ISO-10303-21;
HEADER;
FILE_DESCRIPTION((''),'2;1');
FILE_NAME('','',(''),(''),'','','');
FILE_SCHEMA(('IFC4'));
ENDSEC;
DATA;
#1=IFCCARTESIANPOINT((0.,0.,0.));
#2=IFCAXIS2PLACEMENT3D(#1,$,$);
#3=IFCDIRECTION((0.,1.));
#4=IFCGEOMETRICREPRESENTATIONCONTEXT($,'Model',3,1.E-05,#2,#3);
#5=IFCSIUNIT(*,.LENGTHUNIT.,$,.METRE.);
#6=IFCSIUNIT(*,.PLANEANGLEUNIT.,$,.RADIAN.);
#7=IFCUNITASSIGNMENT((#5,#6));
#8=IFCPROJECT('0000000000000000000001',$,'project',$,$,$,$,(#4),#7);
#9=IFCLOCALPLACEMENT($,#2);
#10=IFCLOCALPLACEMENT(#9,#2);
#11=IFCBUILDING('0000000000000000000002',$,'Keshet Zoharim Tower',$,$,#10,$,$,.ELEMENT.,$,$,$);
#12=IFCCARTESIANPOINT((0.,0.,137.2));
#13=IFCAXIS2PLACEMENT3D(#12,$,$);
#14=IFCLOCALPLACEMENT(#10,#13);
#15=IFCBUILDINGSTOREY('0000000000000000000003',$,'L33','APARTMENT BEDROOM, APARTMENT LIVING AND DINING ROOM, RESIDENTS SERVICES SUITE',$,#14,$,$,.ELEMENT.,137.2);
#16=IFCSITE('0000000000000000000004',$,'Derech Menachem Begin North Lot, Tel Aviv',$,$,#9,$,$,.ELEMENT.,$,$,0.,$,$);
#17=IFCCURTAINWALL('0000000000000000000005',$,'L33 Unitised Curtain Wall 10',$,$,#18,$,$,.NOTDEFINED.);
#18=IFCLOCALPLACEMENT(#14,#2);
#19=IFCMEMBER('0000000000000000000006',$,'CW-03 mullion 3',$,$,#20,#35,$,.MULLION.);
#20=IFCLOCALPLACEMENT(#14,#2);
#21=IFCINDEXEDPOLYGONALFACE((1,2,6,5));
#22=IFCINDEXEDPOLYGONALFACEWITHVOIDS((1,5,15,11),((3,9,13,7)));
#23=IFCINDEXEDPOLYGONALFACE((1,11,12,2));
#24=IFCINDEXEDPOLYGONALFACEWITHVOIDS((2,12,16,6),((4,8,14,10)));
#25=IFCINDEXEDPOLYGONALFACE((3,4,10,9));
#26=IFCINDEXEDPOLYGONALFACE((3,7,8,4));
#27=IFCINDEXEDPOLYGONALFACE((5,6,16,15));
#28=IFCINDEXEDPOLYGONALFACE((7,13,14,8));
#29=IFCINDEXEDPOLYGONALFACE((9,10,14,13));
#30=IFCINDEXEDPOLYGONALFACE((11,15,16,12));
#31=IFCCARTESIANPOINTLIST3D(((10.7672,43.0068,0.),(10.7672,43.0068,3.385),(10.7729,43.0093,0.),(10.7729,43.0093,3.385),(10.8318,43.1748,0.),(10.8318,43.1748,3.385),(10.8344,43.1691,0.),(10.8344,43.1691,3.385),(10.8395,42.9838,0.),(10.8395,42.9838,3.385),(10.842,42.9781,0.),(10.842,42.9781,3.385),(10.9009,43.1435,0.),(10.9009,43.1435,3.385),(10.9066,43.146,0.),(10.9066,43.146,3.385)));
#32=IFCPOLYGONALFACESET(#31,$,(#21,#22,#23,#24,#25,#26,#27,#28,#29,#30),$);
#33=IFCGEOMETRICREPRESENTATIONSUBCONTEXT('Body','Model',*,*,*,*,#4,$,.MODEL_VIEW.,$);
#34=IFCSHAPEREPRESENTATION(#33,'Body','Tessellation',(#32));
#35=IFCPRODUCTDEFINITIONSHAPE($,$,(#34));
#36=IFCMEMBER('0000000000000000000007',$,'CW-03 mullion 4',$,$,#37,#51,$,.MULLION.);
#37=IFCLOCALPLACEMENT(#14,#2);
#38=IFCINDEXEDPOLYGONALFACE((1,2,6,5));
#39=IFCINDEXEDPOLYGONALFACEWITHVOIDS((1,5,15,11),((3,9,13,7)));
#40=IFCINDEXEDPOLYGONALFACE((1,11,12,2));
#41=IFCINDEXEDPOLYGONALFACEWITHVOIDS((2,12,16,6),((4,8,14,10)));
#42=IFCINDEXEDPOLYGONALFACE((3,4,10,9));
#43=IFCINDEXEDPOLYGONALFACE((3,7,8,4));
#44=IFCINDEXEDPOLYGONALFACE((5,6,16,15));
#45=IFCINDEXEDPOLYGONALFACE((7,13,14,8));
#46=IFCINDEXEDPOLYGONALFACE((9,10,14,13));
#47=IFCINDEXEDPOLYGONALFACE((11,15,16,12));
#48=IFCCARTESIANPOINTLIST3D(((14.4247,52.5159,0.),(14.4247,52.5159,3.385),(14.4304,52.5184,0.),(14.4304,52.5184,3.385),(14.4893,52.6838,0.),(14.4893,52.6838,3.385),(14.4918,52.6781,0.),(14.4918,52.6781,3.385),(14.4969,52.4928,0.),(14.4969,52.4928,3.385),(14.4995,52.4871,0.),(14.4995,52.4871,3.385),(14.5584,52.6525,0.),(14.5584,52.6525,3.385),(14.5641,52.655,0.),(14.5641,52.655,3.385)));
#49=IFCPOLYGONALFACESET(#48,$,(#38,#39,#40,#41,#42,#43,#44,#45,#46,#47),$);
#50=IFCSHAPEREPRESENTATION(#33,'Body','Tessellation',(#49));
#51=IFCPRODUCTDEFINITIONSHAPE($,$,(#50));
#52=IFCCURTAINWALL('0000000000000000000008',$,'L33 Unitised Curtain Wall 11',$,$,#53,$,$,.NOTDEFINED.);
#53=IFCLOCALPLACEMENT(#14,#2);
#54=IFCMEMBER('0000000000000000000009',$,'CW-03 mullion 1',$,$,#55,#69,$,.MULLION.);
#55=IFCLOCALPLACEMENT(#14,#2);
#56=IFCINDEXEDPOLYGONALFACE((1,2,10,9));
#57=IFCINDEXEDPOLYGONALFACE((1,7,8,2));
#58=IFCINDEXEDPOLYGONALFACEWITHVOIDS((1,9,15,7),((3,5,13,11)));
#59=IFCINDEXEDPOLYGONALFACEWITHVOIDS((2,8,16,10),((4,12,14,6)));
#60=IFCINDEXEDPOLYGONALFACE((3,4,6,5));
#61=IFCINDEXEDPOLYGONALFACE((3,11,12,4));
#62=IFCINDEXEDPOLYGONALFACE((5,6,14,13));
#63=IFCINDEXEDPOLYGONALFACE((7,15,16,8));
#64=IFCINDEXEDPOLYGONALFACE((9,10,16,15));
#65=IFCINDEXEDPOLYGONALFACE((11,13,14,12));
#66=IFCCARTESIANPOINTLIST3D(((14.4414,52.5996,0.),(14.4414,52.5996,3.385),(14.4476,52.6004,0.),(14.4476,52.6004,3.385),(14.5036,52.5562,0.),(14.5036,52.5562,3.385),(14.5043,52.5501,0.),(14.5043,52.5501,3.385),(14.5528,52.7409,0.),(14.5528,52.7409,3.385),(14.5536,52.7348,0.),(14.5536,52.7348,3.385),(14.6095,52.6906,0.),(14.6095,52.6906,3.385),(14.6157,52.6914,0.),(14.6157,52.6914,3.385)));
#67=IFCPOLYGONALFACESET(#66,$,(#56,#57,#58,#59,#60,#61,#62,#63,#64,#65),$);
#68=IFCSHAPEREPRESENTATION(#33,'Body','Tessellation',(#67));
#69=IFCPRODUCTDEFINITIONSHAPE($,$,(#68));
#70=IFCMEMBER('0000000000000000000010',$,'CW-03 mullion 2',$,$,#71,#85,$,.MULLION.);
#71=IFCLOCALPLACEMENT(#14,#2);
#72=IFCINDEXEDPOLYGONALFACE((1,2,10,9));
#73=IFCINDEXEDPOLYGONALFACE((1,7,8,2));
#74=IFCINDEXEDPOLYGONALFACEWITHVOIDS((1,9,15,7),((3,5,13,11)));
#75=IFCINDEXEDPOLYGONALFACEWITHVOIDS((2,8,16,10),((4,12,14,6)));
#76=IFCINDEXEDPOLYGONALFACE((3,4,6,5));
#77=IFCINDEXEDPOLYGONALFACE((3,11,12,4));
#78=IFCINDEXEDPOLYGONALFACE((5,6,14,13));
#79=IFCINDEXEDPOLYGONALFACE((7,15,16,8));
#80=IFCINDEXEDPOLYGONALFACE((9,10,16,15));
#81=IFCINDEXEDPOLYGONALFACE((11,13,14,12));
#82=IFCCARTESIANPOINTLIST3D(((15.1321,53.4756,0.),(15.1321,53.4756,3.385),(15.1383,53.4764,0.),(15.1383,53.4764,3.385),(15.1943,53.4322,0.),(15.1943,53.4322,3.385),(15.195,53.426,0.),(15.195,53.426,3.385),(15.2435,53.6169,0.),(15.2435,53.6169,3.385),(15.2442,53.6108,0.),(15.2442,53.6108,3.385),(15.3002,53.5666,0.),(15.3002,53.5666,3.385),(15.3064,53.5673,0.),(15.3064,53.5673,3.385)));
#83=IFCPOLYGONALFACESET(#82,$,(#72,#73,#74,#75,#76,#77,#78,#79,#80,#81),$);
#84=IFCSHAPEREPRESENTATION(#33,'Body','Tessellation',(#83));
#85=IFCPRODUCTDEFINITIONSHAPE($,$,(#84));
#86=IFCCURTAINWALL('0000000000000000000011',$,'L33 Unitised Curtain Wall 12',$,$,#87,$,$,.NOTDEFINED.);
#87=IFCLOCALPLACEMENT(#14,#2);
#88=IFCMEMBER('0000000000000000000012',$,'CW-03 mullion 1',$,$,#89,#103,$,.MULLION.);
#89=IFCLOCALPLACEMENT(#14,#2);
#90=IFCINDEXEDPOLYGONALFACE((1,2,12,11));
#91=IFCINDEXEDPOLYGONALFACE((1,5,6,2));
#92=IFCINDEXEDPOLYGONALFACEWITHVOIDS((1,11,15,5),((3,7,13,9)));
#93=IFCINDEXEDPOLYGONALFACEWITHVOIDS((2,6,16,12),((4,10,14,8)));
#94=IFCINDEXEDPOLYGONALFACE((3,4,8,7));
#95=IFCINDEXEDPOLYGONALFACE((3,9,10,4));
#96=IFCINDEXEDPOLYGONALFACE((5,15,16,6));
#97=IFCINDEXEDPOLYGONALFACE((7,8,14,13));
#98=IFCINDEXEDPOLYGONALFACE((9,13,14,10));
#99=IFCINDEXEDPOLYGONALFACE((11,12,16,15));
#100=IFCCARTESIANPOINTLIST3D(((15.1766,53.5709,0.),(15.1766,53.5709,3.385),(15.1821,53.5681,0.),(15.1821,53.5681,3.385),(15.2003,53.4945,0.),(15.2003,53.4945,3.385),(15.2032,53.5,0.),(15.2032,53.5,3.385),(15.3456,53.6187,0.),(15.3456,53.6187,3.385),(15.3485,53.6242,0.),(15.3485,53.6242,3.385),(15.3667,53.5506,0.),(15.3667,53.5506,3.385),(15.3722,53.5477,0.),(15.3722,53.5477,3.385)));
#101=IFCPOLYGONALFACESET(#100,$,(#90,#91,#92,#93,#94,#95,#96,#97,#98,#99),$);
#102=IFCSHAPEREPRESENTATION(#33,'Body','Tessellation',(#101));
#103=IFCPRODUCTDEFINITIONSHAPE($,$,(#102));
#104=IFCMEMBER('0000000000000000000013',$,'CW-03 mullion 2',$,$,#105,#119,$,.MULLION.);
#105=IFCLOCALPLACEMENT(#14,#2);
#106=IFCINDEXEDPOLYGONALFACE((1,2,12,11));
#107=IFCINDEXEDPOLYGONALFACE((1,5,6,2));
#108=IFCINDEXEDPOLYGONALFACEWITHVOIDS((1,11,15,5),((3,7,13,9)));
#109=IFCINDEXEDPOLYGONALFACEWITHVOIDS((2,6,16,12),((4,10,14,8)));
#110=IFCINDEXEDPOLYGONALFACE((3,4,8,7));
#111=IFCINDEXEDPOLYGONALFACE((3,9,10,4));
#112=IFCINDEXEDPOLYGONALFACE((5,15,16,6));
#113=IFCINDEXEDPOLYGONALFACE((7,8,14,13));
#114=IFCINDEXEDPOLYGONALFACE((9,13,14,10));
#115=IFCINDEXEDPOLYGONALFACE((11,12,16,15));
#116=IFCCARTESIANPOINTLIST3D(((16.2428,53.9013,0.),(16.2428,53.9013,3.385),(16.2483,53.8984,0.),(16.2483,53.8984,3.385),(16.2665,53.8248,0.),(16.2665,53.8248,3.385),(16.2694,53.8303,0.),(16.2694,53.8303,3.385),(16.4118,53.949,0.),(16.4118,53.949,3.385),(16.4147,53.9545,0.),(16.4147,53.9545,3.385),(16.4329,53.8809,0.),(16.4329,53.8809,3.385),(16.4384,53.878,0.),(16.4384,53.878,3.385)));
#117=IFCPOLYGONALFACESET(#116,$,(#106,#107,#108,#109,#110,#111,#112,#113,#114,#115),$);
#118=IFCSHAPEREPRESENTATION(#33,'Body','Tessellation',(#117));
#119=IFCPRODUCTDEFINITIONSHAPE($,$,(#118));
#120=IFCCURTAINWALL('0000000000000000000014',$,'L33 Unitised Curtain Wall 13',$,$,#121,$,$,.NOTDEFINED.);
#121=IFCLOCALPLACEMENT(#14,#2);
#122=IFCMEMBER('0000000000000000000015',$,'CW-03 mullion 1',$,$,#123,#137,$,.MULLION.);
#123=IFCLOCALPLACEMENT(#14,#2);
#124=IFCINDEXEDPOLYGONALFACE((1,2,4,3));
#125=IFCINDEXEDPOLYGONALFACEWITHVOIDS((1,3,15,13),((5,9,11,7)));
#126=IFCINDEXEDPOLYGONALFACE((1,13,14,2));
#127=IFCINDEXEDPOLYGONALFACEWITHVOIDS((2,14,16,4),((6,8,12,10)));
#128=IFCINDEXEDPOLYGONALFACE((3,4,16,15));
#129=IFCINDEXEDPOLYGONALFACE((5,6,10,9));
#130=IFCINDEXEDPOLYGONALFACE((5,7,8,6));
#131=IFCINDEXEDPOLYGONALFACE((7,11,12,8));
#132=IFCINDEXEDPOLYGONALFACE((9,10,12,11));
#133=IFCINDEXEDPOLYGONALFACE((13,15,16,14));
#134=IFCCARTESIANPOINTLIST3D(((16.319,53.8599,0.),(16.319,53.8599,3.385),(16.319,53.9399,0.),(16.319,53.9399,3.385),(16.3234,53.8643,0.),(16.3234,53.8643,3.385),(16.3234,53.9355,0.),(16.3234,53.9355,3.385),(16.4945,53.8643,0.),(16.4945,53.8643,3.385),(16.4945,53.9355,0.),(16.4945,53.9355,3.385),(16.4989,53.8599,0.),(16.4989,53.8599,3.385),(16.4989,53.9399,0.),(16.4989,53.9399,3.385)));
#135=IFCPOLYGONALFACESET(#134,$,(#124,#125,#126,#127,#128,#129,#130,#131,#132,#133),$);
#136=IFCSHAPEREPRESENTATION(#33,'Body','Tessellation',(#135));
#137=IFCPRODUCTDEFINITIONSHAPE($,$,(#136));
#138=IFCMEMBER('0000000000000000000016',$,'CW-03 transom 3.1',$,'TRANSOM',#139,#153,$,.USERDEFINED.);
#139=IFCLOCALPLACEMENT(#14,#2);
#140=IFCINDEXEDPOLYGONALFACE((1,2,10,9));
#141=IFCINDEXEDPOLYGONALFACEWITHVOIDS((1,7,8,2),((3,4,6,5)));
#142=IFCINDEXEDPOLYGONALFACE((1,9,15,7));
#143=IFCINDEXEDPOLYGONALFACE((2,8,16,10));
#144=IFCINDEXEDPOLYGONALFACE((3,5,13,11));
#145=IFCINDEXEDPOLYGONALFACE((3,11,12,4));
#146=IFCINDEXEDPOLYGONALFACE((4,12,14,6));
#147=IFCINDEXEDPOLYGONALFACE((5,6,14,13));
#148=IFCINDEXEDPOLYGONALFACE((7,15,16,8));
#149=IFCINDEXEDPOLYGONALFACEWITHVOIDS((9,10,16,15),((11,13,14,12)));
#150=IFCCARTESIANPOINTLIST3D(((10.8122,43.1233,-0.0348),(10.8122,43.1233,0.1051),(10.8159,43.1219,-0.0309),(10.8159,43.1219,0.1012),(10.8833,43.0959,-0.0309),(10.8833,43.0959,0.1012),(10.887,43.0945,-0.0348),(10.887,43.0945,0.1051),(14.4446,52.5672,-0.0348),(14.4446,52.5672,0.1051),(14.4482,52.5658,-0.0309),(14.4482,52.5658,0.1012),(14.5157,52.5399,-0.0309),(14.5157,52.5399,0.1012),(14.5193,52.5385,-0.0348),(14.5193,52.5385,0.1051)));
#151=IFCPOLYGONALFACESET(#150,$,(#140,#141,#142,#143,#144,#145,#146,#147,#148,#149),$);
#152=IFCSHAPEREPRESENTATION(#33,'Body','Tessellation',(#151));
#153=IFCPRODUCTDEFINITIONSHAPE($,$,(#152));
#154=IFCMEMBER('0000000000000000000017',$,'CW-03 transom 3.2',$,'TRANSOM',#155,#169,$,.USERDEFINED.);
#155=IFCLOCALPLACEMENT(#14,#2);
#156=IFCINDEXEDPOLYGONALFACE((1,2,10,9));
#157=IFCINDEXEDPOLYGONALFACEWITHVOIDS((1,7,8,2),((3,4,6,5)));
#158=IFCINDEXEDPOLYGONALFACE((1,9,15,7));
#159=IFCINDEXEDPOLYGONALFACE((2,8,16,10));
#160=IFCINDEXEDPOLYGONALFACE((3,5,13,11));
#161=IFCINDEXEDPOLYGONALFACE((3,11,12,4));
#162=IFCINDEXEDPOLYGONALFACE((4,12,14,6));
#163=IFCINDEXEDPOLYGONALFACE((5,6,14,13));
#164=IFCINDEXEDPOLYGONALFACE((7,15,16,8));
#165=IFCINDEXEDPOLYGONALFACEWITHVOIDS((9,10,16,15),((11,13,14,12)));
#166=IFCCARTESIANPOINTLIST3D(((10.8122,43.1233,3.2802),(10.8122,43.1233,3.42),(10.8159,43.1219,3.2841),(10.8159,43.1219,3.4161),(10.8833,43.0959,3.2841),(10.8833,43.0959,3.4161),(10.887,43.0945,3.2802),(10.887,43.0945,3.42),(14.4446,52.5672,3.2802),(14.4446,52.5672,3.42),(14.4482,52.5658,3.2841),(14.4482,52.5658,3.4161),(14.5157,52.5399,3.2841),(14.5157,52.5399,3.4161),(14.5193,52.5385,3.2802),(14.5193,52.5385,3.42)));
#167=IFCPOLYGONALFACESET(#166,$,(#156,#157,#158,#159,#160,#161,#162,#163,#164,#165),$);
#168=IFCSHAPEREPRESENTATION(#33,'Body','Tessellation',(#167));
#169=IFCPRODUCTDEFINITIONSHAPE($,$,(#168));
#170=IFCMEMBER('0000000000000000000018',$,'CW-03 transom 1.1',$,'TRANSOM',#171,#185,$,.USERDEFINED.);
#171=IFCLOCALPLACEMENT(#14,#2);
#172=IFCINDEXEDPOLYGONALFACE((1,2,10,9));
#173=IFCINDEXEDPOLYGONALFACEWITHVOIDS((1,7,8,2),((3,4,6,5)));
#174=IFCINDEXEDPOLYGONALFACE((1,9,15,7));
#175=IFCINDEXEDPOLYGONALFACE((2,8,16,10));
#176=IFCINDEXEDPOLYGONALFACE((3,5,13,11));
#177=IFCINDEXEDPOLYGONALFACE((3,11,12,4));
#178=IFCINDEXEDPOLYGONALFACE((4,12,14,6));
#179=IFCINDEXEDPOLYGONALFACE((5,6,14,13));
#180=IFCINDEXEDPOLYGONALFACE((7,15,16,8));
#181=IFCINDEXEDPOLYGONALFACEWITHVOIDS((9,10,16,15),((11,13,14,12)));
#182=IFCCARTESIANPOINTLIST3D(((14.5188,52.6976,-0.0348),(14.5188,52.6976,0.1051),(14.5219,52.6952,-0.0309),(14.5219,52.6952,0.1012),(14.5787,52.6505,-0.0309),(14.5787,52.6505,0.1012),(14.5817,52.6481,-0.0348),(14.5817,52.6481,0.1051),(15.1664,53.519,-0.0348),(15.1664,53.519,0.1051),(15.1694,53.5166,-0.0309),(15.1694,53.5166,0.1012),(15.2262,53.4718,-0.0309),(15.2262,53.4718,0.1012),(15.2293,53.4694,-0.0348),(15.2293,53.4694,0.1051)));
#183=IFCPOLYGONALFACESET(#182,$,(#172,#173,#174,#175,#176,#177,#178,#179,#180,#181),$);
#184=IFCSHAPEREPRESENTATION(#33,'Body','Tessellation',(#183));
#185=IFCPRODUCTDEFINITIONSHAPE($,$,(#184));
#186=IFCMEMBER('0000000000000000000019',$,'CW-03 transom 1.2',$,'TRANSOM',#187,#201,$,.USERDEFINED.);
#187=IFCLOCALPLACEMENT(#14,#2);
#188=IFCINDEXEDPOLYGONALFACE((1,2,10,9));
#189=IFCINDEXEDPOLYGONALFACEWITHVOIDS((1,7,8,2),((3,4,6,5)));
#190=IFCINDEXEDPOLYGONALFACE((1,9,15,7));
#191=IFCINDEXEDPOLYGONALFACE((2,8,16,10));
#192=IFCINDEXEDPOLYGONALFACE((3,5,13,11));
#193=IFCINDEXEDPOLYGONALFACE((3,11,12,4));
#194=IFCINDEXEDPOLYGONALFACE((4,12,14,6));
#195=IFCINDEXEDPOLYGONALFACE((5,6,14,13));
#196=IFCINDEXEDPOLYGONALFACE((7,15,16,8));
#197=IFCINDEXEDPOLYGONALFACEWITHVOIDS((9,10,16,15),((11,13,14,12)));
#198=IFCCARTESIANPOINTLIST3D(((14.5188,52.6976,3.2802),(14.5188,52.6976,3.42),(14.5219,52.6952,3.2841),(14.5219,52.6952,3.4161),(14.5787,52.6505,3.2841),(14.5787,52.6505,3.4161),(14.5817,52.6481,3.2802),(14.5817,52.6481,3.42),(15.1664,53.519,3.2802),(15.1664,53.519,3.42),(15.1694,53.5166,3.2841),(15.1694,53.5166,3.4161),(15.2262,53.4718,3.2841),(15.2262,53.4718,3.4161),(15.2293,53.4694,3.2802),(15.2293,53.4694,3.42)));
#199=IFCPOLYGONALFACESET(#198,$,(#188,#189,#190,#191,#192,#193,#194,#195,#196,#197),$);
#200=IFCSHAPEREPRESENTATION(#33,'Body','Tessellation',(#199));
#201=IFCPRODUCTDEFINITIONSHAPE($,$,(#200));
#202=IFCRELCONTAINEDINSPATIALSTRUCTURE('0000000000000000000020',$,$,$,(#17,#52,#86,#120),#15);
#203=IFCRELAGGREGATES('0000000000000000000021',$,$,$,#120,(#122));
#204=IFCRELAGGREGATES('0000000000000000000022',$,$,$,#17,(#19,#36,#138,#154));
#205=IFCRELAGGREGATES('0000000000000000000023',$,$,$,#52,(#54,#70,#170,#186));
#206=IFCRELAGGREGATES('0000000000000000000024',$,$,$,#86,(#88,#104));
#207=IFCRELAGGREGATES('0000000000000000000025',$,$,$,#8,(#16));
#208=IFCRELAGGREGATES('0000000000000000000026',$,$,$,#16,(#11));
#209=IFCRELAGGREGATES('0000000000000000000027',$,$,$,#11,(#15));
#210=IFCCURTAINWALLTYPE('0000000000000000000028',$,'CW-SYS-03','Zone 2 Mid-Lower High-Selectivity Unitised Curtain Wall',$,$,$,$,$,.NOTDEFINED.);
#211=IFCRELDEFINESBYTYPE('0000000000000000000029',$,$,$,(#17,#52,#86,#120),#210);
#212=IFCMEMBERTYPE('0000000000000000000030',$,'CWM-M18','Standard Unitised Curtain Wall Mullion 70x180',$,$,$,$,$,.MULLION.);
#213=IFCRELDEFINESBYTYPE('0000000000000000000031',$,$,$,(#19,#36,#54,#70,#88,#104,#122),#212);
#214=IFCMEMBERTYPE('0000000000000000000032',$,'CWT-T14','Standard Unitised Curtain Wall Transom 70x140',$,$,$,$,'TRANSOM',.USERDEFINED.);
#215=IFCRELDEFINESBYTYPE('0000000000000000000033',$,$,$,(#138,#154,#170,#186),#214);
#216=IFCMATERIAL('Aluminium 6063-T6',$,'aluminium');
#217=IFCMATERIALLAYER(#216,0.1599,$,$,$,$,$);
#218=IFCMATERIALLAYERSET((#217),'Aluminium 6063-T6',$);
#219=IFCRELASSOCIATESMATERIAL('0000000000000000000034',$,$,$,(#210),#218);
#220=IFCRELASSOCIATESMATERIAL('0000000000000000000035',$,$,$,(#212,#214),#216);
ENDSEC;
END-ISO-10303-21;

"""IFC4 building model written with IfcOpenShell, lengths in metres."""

from ifc_helpers import new_model, si_unit, direction, frame, origin, origin_2d, place, context, subcontext, project, spatial, hollow_rectangle, extrude, material, layer, layer_set, material_profile, profile_set, type_object, element, aggregate, save


model = new_model("IFC4")

# Units and contexts
model_context = context("Model", 3, precision=1e-05, world=origin(), true_north=direction((0.0, 1.0)))
body_context = subcontext(model_context, "Body", "Model", "MODEL_VIEW")
ifc_project = project(units=[si_unit("LENGTHUNIT", "METRE"), si_unit("PLANEANGLEUNIT", "RADIAN")], contexts=[model_context])

# Site, building, storey
site_placement = place(None, origin())
site = spatial("IfcSite", under=ifc_project, at=site_placement, Name="Derech Menachem Begin North Lot, Tel Aviv", CompositionType="ELEMENT", RefElevation=0.0)
building_placement = place(site_placement, origin())
building = spatial("IfcBuilding", under=site, at=building_placement, Name="Keshet Zoharim Tower", CompositionType="ELEMENT")
storey_placement = place(building_placement, frame((0.0, 0.0, 137.2)))
storey = spatial("IfcBuildingStorey", under=building, at=storey_placement, Name="L33", Description="APARTMENT BEDROOM, APARTMENT LIVING AND DINING ROOM, RESIDENTS SERVICES SUITE", CompositionType="ELEMENT", Elevation=137.2)

# Curtain walls, members
ifc_material_1 = material(Name="Aluminium 6063-T6", Category="aluminium")
ifc_layer_1 = layer(ifc_material_1, 0.1599)
ifc_layer_set_1 = layer_set([ifc_layer_1], Name="Aluminium 6063-T6")
curtain_wall_type = type_object("IfcCurtainWallType", Name="CW-SYS-03", Description="Zone 2 Mid-Lower High-Selectivity Unitised Curtain Wall", PredefinedType="NOTDEFINED", material=ifc_layer_set_1)
curtain_wall_1_placement = place(storey_placement, origin())
curtain_wall_1 = element("IfcCurtainWall", 1, at=curtain_wall_1_placement, inside=storey, type_object=curtain_wall_type, Name="L33 Unitised Curtain Wall 10", PredefinedType="NOTDEFINED")
ifc_material_profile_1 = material_profile(ifc_material_1, hollow_rectangle(XDim=0.0801, YDim=0.1799, WallThickness=0.0044, at=origin_2d()), Name="MUL-80x180")
ifc_profile_set_1 = profile_set([ifc_material_profile_1], Name="Aluminium 6063-T6")
member_type_1 = type_object("IfcMemberType", Name="CWM-M18", Description="Standard Unitised Curtain Wall Mullion 70x180", PredefinedType="MULLION", material=ifc_profile_set_1)
member_1_placement = place(storey_placement, frame((10.8369, 43.0764, 0.0), z_axis=(0.0, 0.0, 1.0), x_axis=(-0.933341, 0.35899, 0.0)))
member_1 = element("IfcMember", 2, at=member_1_placement, type_object=member_type_1, Name="CW-03 mullion 3", PredefinedType="MULLION", context=body_context, shape_type="SweptSolid", body=[
    extrude(hollow_rectangle(XDim=0.0801, YDim=0.1799, WallThickness=0.0044, at=origin_2d()), origin(), (0.0, 0.0, 1.0), 3.385),
])
member_2_placement = place(storey_placement, frame((14.4944, 52.5854, 0.0), z_axis=(0.0, 0.0, 1.0), x_axis=(-0.933341, 0.35899, 0.0)))
member_2 = element("IfcMember", 3, at=member_2_placement, type_object=member_type_1, Name="CW-03 mullion 4", PredefinedType="MULLION", context=body_context, shape_type="SweptSolid", body=[
    extrude(hollow_rectangle(XDim=0.0801, YDim=0.1799, WallThickness=0.0044, at=origin_2d()), origin(), (0.0, 0.0, 1.0), 3.385),
])
curtain_wall_2_placement = place(storey_placement, origin())
curtain_wall_2 = element("IfcCurtainWall", 4, at=curtain_wall_2_placement, inside=storey, type_object=curtain_wall_type, Name="L33 Unitised Curtain Wall 11", PredefinedType="NOTDEFINED")
member_3_placement = place(storey_placement, frame((14.5286, 52.6455, 0.0), z_axis=(0.0, 0.0, 1.0), x_axis=(-0.785293, 0.619125, 0.0)))
member_3 = element("IfcMember", 5, at=member_3_placement, type_object=member_type_1, Name="CW-03 mullion 1", PredefinedType="MULLION", context=body_context, shape_type="SweptSolid", body=[
    extrude(hollow_rectangle(XDim=0.0801, YDim=0.1799, WallThickness=0.0044, at=origin_2d()), origin(), (0.0, 0.0, 1.0), 3.385),
])
member_4_placement = place(storey_placement, frame((15.2192, 53.5215, 0.0), z_axis=(0.0, 0.0, 1.0), x_axis=(-0.785293, 0.619125, 0.0)))
member_4 = element("IfcMember", 6, at=member_4_placement, type_object=member_type_1, Name="CW-03 mullion 2", PredefinedType="MULLION", context=body_context, shape_type="SweptSolid", body=[
    extrude(hollow_rectangle(XDim=0.0801, YDim=0.1799, WallThickness=0.0044, at=origin_2d()), origin(), (0.0, 0.0, 1.0), 3.385),
])
curtain_wall_3_placement = place(storey_placement, origin())
curtain_wall_3 = element("IfcCurtainWall", 7, at=curtain_wall_3_placement, inside=storey, type_object=curtain_wall_type, Name="L33 Unitised Curtain Wall 12", PredefinedType="NOTDEFINED")
member_5_placement = place(storey_placement, frame((15.2744, 53.5593, 0.0), z_axis=(0.0, 0.0, 1.0), x_axis=(-0.295922, 0.955212, 0.0)))
member_5 = element("IfcMember", 8, at=member_5_placement, type_object=member_type_1, Name="CW-03 mullion 1", PredefinedType="MULLION", context=body_context, shape_type="SweptSolid", body=[
    extrude(hollow_rectangle(XDim=0.0801, YDim=0.1799, WallThickness=0.0044, at=origin_2d()), origin(), (0.0, 0.0, 1.0), 3.385),
])
member_6_placement = place(storey_placement, frame((16.3406, 53.8896, 0.0), z_axis=(0.0, 0.0, 1.0), x_axis=(-0.295922, 0.955212, 0.0)))
member_6 = element("IfcMember", 9, at=member_6_placement, type_object=member_type_1, Name="CW-03 mullion 2", PredefinedType="MULLION", context=body_context, shape_type="SweptSolid", body=[
    extrude(hollow_rectangle(XDim=0.0801, YDim=0.1799, WallThickness=0.0044, at=origin_2d()), origin(), (0.0, 0.0, 1.0), 3.385),
])

# Curtain wall, member
curtain_wall_4_placement = place(storey_placement, origin())
curtain_wall_4 = element("IfcCurtainWall", 10, at=curtain_wall_4_placement, inside=storey, type_object=curtain_wall_type, Name="L33 Unitised Curtain Wall 13", PredefinedType="NOTDEFINED")
member_7_placement = place(storey_placement, frame((16.4089, 53.8999, 0.0), z_axis=(0.0, 0.0, 1.0), x_axis=(0.0, 1.0, 0.0)))
member_7 = element("IfcMember", 11, at=member_7_placement, type_object=member_type_1, Name="CW-03 mullion 1", PredefinedType="MULLION", context=body_context, shape_type="SweptSolid", body=[
    extrude(hollow_rectangle(XDim=0.0801, YDim=0.1799, WallThickness=0.0044, at=origin_2d()), origin(), (0.0, 0.0, 1.0), 3.385),
])

# Members
ifc_material_profile_2 = material_profile(ifc_material_1, hollow_rectangle(XDim=0.0801, YDim=0.1399, WallThickness=0.0039, at=origin_2d()), Name="TRN-80x140")
ifc_profile_set_2 = profile_set([ifc_material_profile_2], Name="Aluminium 6063-T6")
member_type_2 = type_object("IfcMemberType", Name="CWT-T14", Description="Standard Unitised Curtain Wall Transom 70x140", ElementType="TRANSOM", PredefinedType="USERDEFINED", material=ifc_profile_set_2)
member_8_placement = place(storey_placement, frame((10.8496, 43.1089, 0.0352), z_axis=(0.358986, 0.933343, 0.0), x_axis=(-0.933343, 0.358986, 0.0)))
member_8 = element("IfcMember", 12, at=member_8_placement, type_object=member_type_2, Name="CW-03 transom 3.1", ObjectType="TRANSOM", PredefinedType="USERDEFINED", context=body_context, shape_type="SweptSolid", body=[
    extrude(hollow_rectangle(XDim=0.0801, YDim=0.1399, WallThickness=0.0039, at=origin_2d()), origin(), (0.0, 0.0, 1.0), 10.1184),
])
member_9_placement = place(storey_placement, frame((10.8496, 43.1089, 3.3501), z_axis=(0.358986, 0.933343, 0.0), x_axis=(-0.933343, 0.358986, 0.0)))
member_9 = element("IfcMember", 13, at=member_9_placement, type_object=member_type_2, Name="CW-03 transom 3.2", ObjectType="TRANSOM", PredefinedType="USERDEFINED", context=body_context, shape_type="SweptSolid", body=[
    extrude(hollow_rectangle(XDim=0.0801, YDim=0.1399, WallThickness=0.0039, at=origin_2d()), origin(), (0.0, 0.0, 1.0), 10.1184),
])
member_10_placement = place(storey_placement, frame((14.5503, 52.6729, 0.0352), z_axis=(0.619099, 0.785313, 0.0), x_axis=(-0.785313, 0.619099, 0.0)))
member_10 = element("IfcMember", 14, at=member_10_placement, type_object=member_type_2, Name="CW-03 transom 1.1", ObjectType="TRANSOM", PredefinedType="USERDEFINED", context=body_context, shape_type="SweptSolid", body=[
    extrude(hollow_rectangle(XDim=0.0801, YDim=0.1399, WallThickness=0.0039, at=origin_2d()), origin(), (0.0, 0.0, 1.0), 1.0459),
])
member_11_placement = place(storey_placement, frame((14.5503, 52.6729, 3.3501), z_axis=(0.619099, 0.785313, 0.0), x_axis=(-0.785313, 0.619099, 0.0)))
member_11 = element("IfcMember", 15, at=member_11_placement, type_object=member_type_2, Name="CW-03 transom 1.2", ObjectType="TRANSOM", PredefinedType="USERDEFINED", context=body_context, shape_type="SweptSolid", body=[
    extrude(hollow_rectangle(XDim=0.0801, YDim=0.1399, WallThickness=0.0039, at=origin_2d()), origin(), (0.0, 0.0, 1.0), 1.0459),
])
aggregate(curtain_wall_4, [member_7])

aggregate(curtain_wall_1, [member_1, member_2, member_8, member_9])
aggregate(curtain_wall_2, [member_3, member_4, member_10, member_11])
aggregate(curtain_wall_3, [member_5, member_6])

save(model, "model.ifc")
